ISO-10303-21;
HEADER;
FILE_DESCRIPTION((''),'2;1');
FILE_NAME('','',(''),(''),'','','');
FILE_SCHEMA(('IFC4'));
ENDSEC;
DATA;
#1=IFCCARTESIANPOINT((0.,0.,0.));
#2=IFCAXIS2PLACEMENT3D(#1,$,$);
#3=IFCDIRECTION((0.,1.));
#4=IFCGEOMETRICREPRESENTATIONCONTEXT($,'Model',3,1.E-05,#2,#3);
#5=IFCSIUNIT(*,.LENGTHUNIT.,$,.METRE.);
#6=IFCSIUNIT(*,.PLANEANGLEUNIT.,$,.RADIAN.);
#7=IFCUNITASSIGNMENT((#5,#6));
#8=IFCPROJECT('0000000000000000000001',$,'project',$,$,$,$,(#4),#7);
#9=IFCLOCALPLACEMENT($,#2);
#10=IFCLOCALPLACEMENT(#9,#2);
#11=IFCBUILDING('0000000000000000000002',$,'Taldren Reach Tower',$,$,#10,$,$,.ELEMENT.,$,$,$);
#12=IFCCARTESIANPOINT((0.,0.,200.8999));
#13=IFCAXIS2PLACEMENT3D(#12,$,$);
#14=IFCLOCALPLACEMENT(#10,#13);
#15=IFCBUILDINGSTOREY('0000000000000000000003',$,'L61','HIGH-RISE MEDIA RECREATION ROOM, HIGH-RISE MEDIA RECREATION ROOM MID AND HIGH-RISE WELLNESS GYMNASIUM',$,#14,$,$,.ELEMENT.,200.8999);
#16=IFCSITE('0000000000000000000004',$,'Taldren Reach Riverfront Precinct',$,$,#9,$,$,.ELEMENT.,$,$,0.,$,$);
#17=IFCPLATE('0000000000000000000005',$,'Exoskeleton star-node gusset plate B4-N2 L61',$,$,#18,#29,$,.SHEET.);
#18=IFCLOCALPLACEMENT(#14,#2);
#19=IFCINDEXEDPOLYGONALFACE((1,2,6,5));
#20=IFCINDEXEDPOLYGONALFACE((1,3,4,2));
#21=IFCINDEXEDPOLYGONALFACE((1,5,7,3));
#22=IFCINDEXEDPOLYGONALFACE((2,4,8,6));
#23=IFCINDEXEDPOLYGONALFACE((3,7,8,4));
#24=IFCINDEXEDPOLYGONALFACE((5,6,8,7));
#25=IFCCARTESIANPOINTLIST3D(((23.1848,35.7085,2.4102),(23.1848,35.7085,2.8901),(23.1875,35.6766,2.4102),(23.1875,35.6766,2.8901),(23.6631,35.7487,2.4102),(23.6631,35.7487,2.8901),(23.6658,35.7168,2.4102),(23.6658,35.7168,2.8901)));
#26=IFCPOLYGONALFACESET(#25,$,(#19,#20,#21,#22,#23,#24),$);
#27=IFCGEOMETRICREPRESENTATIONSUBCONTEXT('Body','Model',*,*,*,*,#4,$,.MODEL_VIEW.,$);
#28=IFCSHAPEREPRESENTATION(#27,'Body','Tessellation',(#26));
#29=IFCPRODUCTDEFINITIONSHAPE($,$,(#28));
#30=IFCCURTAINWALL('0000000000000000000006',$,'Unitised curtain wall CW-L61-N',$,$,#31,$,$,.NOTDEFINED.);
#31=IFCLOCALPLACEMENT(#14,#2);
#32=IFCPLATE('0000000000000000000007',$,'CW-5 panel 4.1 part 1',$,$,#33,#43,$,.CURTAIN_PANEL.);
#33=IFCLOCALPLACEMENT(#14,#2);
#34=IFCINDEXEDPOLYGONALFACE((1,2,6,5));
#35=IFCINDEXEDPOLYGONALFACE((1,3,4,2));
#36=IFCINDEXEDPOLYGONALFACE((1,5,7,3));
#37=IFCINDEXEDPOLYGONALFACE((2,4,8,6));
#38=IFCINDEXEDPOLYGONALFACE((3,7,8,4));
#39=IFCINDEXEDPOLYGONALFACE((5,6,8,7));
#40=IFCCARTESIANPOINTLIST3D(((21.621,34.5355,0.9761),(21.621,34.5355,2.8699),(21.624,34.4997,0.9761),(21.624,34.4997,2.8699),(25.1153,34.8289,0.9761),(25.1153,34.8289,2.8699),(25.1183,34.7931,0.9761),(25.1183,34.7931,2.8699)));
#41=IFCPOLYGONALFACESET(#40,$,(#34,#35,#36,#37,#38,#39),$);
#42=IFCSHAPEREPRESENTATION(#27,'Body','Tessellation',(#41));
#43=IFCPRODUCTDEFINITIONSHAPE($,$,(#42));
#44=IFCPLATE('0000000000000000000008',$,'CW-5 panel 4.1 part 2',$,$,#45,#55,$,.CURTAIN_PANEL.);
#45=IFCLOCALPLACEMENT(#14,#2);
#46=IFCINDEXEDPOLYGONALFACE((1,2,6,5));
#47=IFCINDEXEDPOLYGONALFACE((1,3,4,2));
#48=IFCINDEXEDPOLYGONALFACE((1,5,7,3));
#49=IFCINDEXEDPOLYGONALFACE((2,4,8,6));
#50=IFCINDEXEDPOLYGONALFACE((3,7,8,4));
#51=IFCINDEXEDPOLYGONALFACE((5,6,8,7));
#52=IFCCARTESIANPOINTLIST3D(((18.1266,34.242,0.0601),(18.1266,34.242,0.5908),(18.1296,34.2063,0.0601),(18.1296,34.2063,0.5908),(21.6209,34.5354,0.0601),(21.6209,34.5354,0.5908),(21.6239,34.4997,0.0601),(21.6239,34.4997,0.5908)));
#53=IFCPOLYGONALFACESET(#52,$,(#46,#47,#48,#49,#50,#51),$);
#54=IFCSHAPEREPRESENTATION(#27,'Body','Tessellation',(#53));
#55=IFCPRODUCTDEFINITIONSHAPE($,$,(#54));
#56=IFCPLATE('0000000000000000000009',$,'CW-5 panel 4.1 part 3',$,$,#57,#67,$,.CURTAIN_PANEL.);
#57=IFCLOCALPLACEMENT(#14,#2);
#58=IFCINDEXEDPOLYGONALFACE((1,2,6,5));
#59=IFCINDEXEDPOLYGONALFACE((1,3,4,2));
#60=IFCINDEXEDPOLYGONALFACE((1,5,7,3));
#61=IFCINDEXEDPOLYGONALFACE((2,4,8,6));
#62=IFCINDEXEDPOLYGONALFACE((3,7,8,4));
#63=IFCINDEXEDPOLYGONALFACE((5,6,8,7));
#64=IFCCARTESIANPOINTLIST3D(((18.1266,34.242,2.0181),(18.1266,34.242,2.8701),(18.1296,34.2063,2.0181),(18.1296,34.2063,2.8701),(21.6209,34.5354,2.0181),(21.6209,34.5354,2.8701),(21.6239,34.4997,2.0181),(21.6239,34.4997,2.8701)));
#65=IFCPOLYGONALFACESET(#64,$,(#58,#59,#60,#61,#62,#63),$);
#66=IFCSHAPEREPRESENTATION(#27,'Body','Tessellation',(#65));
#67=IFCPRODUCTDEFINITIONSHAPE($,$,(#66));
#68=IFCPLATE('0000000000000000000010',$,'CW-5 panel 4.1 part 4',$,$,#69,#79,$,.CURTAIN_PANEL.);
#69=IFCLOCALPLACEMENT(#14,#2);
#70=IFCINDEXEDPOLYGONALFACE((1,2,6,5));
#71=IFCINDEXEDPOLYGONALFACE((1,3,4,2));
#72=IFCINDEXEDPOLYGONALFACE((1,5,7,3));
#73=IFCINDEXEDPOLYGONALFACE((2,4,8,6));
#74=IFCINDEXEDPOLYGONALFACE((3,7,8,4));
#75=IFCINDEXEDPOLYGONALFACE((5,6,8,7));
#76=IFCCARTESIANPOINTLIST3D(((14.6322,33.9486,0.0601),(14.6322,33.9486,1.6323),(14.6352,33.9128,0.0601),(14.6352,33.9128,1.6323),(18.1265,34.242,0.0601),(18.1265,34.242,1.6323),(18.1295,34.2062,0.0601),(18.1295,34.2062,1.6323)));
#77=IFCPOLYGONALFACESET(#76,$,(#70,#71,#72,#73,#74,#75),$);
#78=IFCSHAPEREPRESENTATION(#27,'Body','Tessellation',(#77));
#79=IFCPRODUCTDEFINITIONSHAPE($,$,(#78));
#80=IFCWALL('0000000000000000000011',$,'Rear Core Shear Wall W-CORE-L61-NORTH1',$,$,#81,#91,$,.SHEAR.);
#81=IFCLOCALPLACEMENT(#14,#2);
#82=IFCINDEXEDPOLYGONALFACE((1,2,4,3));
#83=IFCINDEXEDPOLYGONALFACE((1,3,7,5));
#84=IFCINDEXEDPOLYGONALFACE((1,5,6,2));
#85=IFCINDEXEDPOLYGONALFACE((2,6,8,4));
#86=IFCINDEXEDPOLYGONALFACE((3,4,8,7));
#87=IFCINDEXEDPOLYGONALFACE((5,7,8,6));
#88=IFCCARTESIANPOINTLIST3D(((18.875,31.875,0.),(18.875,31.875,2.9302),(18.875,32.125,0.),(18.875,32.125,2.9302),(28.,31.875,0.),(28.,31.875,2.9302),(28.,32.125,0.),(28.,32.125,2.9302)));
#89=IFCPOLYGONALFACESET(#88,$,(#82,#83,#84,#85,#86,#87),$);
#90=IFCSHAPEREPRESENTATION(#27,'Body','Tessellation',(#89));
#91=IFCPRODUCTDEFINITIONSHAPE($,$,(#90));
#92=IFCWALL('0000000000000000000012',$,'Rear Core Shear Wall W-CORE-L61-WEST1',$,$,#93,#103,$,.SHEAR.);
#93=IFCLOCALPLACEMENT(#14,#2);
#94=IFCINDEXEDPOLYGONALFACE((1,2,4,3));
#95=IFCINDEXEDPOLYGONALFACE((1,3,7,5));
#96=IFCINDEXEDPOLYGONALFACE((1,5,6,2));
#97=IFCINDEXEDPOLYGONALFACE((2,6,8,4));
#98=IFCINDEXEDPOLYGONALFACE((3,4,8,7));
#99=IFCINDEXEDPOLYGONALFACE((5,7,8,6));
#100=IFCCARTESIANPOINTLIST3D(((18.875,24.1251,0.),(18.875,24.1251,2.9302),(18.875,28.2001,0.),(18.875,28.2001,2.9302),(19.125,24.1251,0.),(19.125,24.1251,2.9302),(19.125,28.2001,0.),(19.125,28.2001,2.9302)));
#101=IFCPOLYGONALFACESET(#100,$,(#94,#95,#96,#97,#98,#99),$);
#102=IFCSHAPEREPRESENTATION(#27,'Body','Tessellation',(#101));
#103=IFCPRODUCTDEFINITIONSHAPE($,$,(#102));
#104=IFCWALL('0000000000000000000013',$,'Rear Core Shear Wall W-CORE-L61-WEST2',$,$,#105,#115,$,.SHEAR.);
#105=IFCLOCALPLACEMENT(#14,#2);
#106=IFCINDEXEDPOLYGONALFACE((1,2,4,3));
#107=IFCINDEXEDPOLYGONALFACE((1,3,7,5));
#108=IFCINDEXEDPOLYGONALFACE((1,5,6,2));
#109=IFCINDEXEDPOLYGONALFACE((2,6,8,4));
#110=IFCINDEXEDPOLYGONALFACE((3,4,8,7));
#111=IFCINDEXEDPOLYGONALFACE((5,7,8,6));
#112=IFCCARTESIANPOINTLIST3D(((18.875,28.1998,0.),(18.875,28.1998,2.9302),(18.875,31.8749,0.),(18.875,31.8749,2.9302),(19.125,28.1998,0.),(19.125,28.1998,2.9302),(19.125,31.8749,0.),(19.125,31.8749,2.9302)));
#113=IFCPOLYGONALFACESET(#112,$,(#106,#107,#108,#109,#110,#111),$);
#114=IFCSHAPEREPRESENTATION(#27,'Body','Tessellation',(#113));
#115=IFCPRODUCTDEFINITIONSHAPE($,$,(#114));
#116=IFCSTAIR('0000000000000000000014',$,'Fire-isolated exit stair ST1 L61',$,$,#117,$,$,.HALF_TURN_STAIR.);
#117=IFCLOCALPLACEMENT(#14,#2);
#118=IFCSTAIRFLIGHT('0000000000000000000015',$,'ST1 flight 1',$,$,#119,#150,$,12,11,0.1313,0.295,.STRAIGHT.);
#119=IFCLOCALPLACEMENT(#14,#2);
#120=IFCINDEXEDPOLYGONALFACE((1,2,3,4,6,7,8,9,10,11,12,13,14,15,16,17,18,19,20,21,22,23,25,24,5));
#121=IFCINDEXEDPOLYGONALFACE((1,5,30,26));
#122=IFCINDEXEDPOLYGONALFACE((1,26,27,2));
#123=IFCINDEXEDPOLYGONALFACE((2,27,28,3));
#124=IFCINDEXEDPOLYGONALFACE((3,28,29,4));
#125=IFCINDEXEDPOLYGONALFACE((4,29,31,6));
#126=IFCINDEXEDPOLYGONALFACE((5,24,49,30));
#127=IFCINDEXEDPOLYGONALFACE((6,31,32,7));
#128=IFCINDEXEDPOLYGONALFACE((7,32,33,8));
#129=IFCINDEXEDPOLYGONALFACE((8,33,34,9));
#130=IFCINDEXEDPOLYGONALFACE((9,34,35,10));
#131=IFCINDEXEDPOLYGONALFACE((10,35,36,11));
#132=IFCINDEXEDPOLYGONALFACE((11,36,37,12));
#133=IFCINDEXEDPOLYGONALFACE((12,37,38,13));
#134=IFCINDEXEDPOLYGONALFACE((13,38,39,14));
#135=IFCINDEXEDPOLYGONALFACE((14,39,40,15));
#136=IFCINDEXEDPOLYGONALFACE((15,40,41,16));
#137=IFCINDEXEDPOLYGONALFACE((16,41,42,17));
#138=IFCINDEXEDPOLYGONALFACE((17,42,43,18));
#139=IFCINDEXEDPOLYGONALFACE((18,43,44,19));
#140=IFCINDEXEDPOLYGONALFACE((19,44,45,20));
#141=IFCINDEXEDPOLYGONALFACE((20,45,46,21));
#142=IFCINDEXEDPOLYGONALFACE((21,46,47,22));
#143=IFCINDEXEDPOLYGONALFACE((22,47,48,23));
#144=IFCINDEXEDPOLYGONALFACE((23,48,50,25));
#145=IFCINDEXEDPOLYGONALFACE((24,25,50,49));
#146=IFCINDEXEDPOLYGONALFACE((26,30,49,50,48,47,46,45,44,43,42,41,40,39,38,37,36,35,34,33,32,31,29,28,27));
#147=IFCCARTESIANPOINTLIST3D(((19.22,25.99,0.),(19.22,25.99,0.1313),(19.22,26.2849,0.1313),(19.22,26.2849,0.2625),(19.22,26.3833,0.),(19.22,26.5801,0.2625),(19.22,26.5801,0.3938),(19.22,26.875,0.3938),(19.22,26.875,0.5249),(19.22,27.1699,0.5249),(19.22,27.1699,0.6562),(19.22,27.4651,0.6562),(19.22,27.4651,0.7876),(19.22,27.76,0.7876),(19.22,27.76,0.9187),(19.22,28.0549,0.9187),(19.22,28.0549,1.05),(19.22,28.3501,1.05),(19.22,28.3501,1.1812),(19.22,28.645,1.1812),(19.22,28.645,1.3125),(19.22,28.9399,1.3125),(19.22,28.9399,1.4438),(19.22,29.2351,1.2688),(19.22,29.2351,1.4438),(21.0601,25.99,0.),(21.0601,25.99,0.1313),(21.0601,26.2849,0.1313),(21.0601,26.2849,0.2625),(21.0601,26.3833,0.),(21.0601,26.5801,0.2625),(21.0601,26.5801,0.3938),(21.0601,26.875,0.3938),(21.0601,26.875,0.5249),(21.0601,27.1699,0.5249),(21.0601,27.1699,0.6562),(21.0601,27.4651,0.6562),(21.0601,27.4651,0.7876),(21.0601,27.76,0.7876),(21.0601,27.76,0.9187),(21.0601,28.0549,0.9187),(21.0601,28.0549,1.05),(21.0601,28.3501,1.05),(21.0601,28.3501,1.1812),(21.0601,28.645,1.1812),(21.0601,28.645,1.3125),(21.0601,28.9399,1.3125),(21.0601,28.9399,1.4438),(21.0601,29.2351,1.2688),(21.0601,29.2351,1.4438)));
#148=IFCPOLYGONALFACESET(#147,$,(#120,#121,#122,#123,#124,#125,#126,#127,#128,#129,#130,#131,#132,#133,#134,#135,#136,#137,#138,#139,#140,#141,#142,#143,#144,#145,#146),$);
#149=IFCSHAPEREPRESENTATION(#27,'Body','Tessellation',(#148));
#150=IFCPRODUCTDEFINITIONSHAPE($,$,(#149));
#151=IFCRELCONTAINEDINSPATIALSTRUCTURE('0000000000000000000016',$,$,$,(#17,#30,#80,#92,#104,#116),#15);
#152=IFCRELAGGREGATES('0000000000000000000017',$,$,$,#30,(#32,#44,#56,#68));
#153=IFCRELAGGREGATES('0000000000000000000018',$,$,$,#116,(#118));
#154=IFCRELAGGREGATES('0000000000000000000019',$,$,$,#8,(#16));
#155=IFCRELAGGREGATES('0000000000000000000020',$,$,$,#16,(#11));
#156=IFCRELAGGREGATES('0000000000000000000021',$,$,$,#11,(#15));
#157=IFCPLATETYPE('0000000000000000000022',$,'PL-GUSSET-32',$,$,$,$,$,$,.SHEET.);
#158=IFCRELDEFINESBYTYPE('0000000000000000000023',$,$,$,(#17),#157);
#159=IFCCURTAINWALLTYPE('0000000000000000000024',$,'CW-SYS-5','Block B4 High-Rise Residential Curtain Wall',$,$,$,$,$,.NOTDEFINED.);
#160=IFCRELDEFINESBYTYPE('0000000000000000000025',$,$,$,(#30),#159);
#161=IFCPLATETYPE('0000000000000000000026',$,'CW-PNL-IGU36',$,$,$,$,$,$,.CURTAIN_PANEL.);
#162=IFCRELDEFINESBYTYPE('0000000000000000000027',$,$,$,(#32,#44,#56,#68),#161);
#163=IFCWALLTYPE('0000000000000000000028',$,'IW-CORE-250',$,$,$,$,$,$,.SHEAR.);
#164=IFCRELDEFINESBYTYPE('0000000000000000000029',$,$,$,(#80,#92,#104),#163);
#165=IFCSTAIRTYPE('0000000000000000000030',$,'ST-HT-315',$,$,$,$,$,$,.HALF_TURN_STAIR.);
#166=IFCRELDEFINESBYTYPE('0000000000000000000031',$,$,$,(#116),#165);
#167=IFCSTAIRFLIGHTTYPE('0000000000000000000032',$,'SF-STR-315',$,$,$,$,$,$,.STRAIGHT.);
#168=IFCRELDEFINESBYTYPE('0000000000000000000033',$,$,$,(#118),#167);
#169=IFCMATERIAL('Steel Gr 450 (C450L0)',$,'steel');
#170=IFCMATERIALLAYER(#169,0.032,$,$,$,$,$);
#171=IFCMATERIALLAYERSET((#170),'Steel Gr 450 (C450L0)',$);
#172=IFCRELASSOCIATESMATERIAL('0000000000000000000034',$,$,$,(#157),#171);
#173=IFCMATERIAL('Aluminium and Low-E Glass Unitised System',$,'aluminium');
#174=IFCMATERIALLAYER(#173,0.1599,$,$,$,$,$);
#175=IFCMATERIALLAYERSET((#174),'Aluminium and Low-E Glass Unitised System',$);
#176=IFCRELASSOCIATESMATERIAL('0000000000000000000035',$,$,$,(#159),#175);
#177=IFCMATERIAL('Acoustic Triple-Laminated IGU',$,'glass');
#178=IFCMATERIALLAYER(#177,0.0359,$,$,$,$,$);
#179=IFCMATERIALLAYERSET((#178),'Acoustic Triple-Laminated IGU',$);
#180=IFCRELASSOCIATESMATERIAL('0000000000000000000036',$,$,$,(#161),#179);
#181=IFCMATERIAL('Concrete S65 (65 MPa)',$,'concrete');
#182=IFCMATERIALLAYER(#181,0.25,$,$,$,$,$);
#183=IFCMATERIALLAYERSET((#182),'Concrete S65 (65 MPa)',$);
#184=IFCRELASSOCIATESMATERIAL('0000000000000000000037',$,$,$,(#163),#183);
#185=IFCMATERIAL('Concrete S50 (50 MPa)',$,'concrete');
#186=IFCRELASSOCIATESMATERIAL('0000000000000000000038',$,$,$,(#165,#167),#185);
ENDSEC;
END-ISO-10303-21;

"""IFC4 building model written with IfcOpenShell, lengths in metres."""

from ifc_helpers import new_model, si_unit, direction, frame, frame_2d, origin, origin_2d, place, context, subcontext, project, spatial, polyline, rectangle, outline, extrude, source, transform, mapped, material, layer, layer_set, type_object, element, aggregate, save


model = new_model("IFC4")

# Units and contexts
model_context = context("Model", 3, precision=1e-05, world=origin(), true_north=direction((0.0, 1.0)))
body_context = subcontext(model_context, "Body", "Model", "MODEL_VIEW")
ifc_project = project(units=[si_unit("LENGTHUNIT", "METRE"), si_unit("PLANEANGLEUNIT", "RADIAN")], contexts=[model_context])

# Site, building, storey
site_placement = place(None, origin())
site = spatial("IfcSite", under=ifc_project, at=site_placement, Name="Taldren Reach Riverfront Precinct", CompositionType="ELEMENT", RefElevation=0.0)
building_placement = place(site_placement, origin())
building = spatial("IfcBuilding", under=site, at=building_placement, Name="Taldren Reach Tower", CompositionType="ELEMENT")
storey_placement = place(building_placement, frame((0.0, 0.0, 200.8999)))
storey = spatial("IfcBuildingStorey", under=building, at=storey_placement, Name="L61", Description="HIGH-RISE MEDIA RECREATION ROOM, HIGH-RISE MEDIA RECREATION ROOM MID AND HIGH-RISE WELLNESS GYMNASIUM", CompositionType="ELEMENT", Elevation=200.8999)

# Shared definitions
ifc_material_1 = material(Name="Steel Gr 450 (C450L0)", Category="steel")

# Plate
ifc_layer_1 = layer(ifc_material_1, 0.032)
ifc_layer_set_1 = layer_set([ifc_layer_1], Name="Steel Gr 450 (C450L0)")
plate_type_1 = type_object("IfcPlateType", Name="PL-GUSSET-32", PredefinedType="SHEET", material=ifc_layer_set_1)
shared_shape_1 = source(origin(), body_context, "Body", "SweptSolid", [
    extrude(rectangle(XDim=0.48, YDim=0.032, at=origin_2d()), origin(), (0.0, 0.0, 1.0), 0.48),
])
plate_1_placement = place(storey_placement, frame((23.4253, 35.7126, 2.4102), z_axis=(0.0, 0.0, 1.0), x_axis=(0.996493, 0.083678, 0.0)))
element("IfcPlate", 1, at=plate_1_placement, inside=storey, type_object=plate_type_1, Name="Exoskeleton star-node gusset plate B4-N2 L61", PredefinedType="SHEET", context=body_context, shape_type="MappedRepresentation", body=[
    mapped(shared_shape_1, transform((0.0, 0.0, 0.0), scale=1.0)),
])

# Curtain wall, plates
ifc_material_2 = material(Name="Aluminium and Low-E Glass Unitised System", Category="aluminium")
ifc_layer_2 = layer(ifc_material_2, 0.1599)
ifc_layer_set_2 = layer_set([ifc_layer_2], Name="Aluminium and Low-E Glass Unitised System")
curtain_wall_type = type_object("IfcCurtainWallType", Name="CW-SYS-5", Description="Block B4 High-Rise Residential Curtain Wall", PredefinedType="NOTDEFINED", material=ifc_layer_set_2)
curtain_wall_placement = place(storey_placement, origin())
curtain_wall = element("IfcCurtainWall", 2, at=curtain_wall_placement, inside=storey, type_object=curtain_wall_type, Name="Unitised curtain wall CW-L61-N", PredefinedType="NOTDEFINED")
ifc_material_3 = material(Name="Acoustic Triple-Laminated IGU", Category="glass")
ifc_layer_3 = layer(ifc_material_3, 0.0359)
ifc_layer_set_3 = layer_set([ifc_layer_3], Name="Acoustic Triple-Laminated IGU")
plate_type_2 = type_object("IfcPlateType", Name="CW-PNL-IGU36", PredefinedType="CURTAIN_PANEL", material=ifc_layer_set_3)
shared_shape_2 = source(origin(), body_context, "Body", "SweptSolid", [
    extrude(rectangle(XDim=3.5066, YDim=0.0359, at=origin_2d()), origin(), (0.0, 0.0, 1.0), 1.8938),
])
plate_2_placement = place(storey_placement, frame((23.3696, 34.6643, 0.9761), z_axis=(0.0, 0.0, 1.0), x_axis=(-0.996493, -0.083678, 0.0)))
plate_2 = element("IfcPlate", 3, at=plate_2_placement, type_object=plate_type_2, Name="CW-5 panel 4.1 part 1", PredefinedType="CURTAIN_PANEL", context=body_context, shape_type="MappedRepresentation", body=[
    mapped(shared_shape_2, transform((0.0, 0.0, 0.0), scale=1.0)),
])
shared_shape_3 = source(origin(), body_context, "Body", "SweptSolid", [
    extrude(rectangle(XDim=3.5066, YDim=0.0359, at=origin_2d()), origin(), (0.0, 0.0, 1.0), 0.5308),
])
plate_3_placement = place(storey_placement, frame((19.8752, 34.3708, 0.0601), z_axis=(0.0, 0.0, 1.0), x_axis=(-0.996493, -0.083678, 0.0)))
plate_3 = element("IfcPlate", 4, at=plate_3_placement, type_object=plate_type_2, Name="CW-5 panel 4.1 part 2", PredefinedType="CURTAIN_PANEL", context=body_context, shape_type="MappedRepresentation", body=[
    mapped(shared_shape_3, transform((0.0, 0.0, 0.0), scale=1.0)),
])
shared_shape_4 = source(origin(), body_context, "Body", "SweptSolid", [
    extrude(rectangle(XDim=3.5066, YDim=0.0359, at=origin_2d()), origin(), (0.0, 0.0, 1.0), 0.8521),
])
plate_4_placement = place(storey_placement, frame((19.8752, 34.3708, 2.0181), z_axis=(0.0, 0.0, 1.0), x_axis=(-0.996493, -0.083678, 0.0)))
plate_4 = element("IfcPlate", 5, at=plate_4_placement, type_object=plate_type_2, Name="CW-5 panel 4.1 part 3", PredefinedType="CURTAIN_PANEL", context=body_context, shape_type="MappedRepresentation", body=[
    mapped(shared_shape_4, transform((0.0, 0.0, 0.0), scale=1.0)),
])
shared_shape_5 = source(origin(), body_context, "Body", "SweptSolid", [
    extrude(rectangle(XDim=3.5066, YDim=0.0359, at=origin_2d()), origin(), (0.0, 0.0, 1.0), 1.5723),
])
plate_5_placement = place(storey_placement, frame((16.3809, 34.0774, 0.0601), z_axis=(0.0, 0.0, 1.0), x_axis=(-0.996493, -0.083678, 0.0)))
plate_5 = element("IfcPlate", 6, at=plate_5_placement, type_object=plate_type_2, Name="CW-5 panel 4.1 part 4", PredefinedType="CURTAIN_PANEL", context=body_context, shape_type="MappedRepresentation", body=[
    mapped(shared_shape_5, transform((0.0, 0.0, 0.0), scale=1.0)),
])
aggregate(curtain_wall, [plate_2, plate_3, plate_4, plate_5])

# Walls
ifc_material_4 = material(Name="Concrete S65 (65 MPa)", Category="concrete")
ifc_layer_4 = layer(ifc_material_4, 0.25)
ifc_layer_set_4 = layer_set([ifc_layer_4], Name="Concrete S65 (65 MPa)")
wall_type = type_object("IfcWallType", Name="IW-CORE-250", PredefinedType="SHEAR", material=ifc_layer_set_4)
shared_shape_6 = source(origin(), body_context, "Body", "SweptSolid", [
    extrude(rectangle(XDim=9.125, YDim=0.25, at=frame_2d((4.5625, 0.0))), origin(), (0.0, 0.0, 1.0), 2.9302),
])
wall_1_placement = place(storey_placement, frame((18.875, 32.0, 0.0), z_axis=(0.0, 0.0, 1.0), x_axis=(1.0, 0.0, 0.0)))
element("IfcWall", 7, at=wall_1_placement, inside=storey, type_object=wall_type, Name="Rear Core Shear Wall W-CORE-L61-NORTH1", PredefinedType="SHEAR", context=body_context, shape_type="MappedRepresentation", body=[
    mapped(shared_shape_6, transform((0.0, 0.0, 0.0), scale=1.0)),
])
shared_shape_7 = source(origin(), body_context, "Body", "SweptSolid", [
    extrude(rectangle(XDim=4.075, YDim=0.25, at=frame_2d((2.0376, 0.0))), origin(), (0.0, 0.0, 1.0), 2.9302),
])
wall_2_placement = place(storey_placement, frame((19.0, 24.125, 0.0), z_axis=(0.0, 0.0, 1.0), x_axis=(0.0, 1.0, 0.0)))
element("IfcWall", 8, at=wall_2_placement, inside=storey, type_object=wall_type, Name="Rear Core Shear Wall W-CORE-L61-WEST1", PredefinedType="SHEAR", context=body_context, shape_type="MappedRepresentation", body=[
    mapped(shared_shape_7, transform((0.0, 0.0, 0.0), scale=1.0)),
])
shared_shape_8 = source(origin(), body_context, "Body", "SweptSolid", [
    extrude(rectangle(XDim=3.675, YDim=0.25, at=frame_2d((1.8374, 0.0))), origin(), (0.0, 0.0, 1.0), 2.9302),
])
wall_3_placement = place(storey_placement, frame((19.0, 28.2, 0.0), z_axis=(0.0, 0.0, 1.0), x_axis=(0.0, 1.0, 0.0)))
element("IfcWall", 9, at=wall_3_placement, inside=storey, type_object=wall_type, Name="Rear Core Shear Wall W-CORE-L61-WEST2", PredefinedType="SHEAR", context=body_context, shape_type="MappedRepresentation", body=[
    mapped(shared_shape_8, transform((0.0, 0.0, 0.0), scale=1.0)),
])

# Stair, stair flight
ifc_material_5 = material(Name="Concrete S50 (50 MPa)", Category="concrete")
stair_type = type_object("IfcStairType", Name="ST-HT-315", PredefinedType="HALF_TURN_STAIR", material=ifc_material_5)
stair_placement = place(storey_placement, origin())
stair = element("IfcStair", 10, at=stair_placement, inside=storey, type_object=stair_type, Name="Fire-isolated exit stair ST1 L61", PredefinedType="HALF_TURN_STAIR")
stair_flight_type = type_object("IfcStairFlightType", Name="SF-STR-315", PredefinedType="STRAIGHT", material=ifc_material_5)
stair_flight_1_placement = place(storey_placement, frame((20.1399, 25.99, 0.0), z_axis=(0.0, 0.0, 1.0), x_axis=(0.0, 1.0, 0.0)))
stair_flight_1 = element("IfcStairFlight", 11, at=stair_flight_1_placement, type_object=stair_flight_type, Name="ST1 flight 1", NumberOfRisers=12, NumberOfTreads=11, PredefinedType="STRAIGHT", RiserHeight=0.1313, TreadLength=0.295, context=body_context, shape_type="SweptSolid", body=[
    extrude(outline(polyline([(0.0, 0.0), (0.0, 0.1313), (0.2949, 0.1313), (0.2949, 0.2625), (0.5901, 0.2625), (0.5901, 0.3938), (0.885, 0.3938), (0.885, 0.5249), (1.1799, 0.5249), (1.1799, 0.6562), (1.4751, 0.6562), (1.4751, 0.7876), (1.77, 0.7876), (1.77, 0.9187), (2.0649, 0.9187), (2.0649, 1.05), (2.3601, 1.05), (2.3601, 1.1812), (2.655, 1.1812), (2.655, 1.3125), (2.95, 1.3125), (2.95, 1.4438), (3.2451, 1.4438), (3.2451, 1.575), (3.2451, 1.2688), (0.3933, 0.0), (0.0, 0.0)])), frame((0.0, 0.9199, 0.0), z_axis=(0.0, -1.0, 0.0), x_axis=(1.0, 0.0, 0.0)), (0.0, 0.0, 1.0), 1.8401),
])
aggregate(stair, [stair_flight_1])

save(model, "model.ifc")
